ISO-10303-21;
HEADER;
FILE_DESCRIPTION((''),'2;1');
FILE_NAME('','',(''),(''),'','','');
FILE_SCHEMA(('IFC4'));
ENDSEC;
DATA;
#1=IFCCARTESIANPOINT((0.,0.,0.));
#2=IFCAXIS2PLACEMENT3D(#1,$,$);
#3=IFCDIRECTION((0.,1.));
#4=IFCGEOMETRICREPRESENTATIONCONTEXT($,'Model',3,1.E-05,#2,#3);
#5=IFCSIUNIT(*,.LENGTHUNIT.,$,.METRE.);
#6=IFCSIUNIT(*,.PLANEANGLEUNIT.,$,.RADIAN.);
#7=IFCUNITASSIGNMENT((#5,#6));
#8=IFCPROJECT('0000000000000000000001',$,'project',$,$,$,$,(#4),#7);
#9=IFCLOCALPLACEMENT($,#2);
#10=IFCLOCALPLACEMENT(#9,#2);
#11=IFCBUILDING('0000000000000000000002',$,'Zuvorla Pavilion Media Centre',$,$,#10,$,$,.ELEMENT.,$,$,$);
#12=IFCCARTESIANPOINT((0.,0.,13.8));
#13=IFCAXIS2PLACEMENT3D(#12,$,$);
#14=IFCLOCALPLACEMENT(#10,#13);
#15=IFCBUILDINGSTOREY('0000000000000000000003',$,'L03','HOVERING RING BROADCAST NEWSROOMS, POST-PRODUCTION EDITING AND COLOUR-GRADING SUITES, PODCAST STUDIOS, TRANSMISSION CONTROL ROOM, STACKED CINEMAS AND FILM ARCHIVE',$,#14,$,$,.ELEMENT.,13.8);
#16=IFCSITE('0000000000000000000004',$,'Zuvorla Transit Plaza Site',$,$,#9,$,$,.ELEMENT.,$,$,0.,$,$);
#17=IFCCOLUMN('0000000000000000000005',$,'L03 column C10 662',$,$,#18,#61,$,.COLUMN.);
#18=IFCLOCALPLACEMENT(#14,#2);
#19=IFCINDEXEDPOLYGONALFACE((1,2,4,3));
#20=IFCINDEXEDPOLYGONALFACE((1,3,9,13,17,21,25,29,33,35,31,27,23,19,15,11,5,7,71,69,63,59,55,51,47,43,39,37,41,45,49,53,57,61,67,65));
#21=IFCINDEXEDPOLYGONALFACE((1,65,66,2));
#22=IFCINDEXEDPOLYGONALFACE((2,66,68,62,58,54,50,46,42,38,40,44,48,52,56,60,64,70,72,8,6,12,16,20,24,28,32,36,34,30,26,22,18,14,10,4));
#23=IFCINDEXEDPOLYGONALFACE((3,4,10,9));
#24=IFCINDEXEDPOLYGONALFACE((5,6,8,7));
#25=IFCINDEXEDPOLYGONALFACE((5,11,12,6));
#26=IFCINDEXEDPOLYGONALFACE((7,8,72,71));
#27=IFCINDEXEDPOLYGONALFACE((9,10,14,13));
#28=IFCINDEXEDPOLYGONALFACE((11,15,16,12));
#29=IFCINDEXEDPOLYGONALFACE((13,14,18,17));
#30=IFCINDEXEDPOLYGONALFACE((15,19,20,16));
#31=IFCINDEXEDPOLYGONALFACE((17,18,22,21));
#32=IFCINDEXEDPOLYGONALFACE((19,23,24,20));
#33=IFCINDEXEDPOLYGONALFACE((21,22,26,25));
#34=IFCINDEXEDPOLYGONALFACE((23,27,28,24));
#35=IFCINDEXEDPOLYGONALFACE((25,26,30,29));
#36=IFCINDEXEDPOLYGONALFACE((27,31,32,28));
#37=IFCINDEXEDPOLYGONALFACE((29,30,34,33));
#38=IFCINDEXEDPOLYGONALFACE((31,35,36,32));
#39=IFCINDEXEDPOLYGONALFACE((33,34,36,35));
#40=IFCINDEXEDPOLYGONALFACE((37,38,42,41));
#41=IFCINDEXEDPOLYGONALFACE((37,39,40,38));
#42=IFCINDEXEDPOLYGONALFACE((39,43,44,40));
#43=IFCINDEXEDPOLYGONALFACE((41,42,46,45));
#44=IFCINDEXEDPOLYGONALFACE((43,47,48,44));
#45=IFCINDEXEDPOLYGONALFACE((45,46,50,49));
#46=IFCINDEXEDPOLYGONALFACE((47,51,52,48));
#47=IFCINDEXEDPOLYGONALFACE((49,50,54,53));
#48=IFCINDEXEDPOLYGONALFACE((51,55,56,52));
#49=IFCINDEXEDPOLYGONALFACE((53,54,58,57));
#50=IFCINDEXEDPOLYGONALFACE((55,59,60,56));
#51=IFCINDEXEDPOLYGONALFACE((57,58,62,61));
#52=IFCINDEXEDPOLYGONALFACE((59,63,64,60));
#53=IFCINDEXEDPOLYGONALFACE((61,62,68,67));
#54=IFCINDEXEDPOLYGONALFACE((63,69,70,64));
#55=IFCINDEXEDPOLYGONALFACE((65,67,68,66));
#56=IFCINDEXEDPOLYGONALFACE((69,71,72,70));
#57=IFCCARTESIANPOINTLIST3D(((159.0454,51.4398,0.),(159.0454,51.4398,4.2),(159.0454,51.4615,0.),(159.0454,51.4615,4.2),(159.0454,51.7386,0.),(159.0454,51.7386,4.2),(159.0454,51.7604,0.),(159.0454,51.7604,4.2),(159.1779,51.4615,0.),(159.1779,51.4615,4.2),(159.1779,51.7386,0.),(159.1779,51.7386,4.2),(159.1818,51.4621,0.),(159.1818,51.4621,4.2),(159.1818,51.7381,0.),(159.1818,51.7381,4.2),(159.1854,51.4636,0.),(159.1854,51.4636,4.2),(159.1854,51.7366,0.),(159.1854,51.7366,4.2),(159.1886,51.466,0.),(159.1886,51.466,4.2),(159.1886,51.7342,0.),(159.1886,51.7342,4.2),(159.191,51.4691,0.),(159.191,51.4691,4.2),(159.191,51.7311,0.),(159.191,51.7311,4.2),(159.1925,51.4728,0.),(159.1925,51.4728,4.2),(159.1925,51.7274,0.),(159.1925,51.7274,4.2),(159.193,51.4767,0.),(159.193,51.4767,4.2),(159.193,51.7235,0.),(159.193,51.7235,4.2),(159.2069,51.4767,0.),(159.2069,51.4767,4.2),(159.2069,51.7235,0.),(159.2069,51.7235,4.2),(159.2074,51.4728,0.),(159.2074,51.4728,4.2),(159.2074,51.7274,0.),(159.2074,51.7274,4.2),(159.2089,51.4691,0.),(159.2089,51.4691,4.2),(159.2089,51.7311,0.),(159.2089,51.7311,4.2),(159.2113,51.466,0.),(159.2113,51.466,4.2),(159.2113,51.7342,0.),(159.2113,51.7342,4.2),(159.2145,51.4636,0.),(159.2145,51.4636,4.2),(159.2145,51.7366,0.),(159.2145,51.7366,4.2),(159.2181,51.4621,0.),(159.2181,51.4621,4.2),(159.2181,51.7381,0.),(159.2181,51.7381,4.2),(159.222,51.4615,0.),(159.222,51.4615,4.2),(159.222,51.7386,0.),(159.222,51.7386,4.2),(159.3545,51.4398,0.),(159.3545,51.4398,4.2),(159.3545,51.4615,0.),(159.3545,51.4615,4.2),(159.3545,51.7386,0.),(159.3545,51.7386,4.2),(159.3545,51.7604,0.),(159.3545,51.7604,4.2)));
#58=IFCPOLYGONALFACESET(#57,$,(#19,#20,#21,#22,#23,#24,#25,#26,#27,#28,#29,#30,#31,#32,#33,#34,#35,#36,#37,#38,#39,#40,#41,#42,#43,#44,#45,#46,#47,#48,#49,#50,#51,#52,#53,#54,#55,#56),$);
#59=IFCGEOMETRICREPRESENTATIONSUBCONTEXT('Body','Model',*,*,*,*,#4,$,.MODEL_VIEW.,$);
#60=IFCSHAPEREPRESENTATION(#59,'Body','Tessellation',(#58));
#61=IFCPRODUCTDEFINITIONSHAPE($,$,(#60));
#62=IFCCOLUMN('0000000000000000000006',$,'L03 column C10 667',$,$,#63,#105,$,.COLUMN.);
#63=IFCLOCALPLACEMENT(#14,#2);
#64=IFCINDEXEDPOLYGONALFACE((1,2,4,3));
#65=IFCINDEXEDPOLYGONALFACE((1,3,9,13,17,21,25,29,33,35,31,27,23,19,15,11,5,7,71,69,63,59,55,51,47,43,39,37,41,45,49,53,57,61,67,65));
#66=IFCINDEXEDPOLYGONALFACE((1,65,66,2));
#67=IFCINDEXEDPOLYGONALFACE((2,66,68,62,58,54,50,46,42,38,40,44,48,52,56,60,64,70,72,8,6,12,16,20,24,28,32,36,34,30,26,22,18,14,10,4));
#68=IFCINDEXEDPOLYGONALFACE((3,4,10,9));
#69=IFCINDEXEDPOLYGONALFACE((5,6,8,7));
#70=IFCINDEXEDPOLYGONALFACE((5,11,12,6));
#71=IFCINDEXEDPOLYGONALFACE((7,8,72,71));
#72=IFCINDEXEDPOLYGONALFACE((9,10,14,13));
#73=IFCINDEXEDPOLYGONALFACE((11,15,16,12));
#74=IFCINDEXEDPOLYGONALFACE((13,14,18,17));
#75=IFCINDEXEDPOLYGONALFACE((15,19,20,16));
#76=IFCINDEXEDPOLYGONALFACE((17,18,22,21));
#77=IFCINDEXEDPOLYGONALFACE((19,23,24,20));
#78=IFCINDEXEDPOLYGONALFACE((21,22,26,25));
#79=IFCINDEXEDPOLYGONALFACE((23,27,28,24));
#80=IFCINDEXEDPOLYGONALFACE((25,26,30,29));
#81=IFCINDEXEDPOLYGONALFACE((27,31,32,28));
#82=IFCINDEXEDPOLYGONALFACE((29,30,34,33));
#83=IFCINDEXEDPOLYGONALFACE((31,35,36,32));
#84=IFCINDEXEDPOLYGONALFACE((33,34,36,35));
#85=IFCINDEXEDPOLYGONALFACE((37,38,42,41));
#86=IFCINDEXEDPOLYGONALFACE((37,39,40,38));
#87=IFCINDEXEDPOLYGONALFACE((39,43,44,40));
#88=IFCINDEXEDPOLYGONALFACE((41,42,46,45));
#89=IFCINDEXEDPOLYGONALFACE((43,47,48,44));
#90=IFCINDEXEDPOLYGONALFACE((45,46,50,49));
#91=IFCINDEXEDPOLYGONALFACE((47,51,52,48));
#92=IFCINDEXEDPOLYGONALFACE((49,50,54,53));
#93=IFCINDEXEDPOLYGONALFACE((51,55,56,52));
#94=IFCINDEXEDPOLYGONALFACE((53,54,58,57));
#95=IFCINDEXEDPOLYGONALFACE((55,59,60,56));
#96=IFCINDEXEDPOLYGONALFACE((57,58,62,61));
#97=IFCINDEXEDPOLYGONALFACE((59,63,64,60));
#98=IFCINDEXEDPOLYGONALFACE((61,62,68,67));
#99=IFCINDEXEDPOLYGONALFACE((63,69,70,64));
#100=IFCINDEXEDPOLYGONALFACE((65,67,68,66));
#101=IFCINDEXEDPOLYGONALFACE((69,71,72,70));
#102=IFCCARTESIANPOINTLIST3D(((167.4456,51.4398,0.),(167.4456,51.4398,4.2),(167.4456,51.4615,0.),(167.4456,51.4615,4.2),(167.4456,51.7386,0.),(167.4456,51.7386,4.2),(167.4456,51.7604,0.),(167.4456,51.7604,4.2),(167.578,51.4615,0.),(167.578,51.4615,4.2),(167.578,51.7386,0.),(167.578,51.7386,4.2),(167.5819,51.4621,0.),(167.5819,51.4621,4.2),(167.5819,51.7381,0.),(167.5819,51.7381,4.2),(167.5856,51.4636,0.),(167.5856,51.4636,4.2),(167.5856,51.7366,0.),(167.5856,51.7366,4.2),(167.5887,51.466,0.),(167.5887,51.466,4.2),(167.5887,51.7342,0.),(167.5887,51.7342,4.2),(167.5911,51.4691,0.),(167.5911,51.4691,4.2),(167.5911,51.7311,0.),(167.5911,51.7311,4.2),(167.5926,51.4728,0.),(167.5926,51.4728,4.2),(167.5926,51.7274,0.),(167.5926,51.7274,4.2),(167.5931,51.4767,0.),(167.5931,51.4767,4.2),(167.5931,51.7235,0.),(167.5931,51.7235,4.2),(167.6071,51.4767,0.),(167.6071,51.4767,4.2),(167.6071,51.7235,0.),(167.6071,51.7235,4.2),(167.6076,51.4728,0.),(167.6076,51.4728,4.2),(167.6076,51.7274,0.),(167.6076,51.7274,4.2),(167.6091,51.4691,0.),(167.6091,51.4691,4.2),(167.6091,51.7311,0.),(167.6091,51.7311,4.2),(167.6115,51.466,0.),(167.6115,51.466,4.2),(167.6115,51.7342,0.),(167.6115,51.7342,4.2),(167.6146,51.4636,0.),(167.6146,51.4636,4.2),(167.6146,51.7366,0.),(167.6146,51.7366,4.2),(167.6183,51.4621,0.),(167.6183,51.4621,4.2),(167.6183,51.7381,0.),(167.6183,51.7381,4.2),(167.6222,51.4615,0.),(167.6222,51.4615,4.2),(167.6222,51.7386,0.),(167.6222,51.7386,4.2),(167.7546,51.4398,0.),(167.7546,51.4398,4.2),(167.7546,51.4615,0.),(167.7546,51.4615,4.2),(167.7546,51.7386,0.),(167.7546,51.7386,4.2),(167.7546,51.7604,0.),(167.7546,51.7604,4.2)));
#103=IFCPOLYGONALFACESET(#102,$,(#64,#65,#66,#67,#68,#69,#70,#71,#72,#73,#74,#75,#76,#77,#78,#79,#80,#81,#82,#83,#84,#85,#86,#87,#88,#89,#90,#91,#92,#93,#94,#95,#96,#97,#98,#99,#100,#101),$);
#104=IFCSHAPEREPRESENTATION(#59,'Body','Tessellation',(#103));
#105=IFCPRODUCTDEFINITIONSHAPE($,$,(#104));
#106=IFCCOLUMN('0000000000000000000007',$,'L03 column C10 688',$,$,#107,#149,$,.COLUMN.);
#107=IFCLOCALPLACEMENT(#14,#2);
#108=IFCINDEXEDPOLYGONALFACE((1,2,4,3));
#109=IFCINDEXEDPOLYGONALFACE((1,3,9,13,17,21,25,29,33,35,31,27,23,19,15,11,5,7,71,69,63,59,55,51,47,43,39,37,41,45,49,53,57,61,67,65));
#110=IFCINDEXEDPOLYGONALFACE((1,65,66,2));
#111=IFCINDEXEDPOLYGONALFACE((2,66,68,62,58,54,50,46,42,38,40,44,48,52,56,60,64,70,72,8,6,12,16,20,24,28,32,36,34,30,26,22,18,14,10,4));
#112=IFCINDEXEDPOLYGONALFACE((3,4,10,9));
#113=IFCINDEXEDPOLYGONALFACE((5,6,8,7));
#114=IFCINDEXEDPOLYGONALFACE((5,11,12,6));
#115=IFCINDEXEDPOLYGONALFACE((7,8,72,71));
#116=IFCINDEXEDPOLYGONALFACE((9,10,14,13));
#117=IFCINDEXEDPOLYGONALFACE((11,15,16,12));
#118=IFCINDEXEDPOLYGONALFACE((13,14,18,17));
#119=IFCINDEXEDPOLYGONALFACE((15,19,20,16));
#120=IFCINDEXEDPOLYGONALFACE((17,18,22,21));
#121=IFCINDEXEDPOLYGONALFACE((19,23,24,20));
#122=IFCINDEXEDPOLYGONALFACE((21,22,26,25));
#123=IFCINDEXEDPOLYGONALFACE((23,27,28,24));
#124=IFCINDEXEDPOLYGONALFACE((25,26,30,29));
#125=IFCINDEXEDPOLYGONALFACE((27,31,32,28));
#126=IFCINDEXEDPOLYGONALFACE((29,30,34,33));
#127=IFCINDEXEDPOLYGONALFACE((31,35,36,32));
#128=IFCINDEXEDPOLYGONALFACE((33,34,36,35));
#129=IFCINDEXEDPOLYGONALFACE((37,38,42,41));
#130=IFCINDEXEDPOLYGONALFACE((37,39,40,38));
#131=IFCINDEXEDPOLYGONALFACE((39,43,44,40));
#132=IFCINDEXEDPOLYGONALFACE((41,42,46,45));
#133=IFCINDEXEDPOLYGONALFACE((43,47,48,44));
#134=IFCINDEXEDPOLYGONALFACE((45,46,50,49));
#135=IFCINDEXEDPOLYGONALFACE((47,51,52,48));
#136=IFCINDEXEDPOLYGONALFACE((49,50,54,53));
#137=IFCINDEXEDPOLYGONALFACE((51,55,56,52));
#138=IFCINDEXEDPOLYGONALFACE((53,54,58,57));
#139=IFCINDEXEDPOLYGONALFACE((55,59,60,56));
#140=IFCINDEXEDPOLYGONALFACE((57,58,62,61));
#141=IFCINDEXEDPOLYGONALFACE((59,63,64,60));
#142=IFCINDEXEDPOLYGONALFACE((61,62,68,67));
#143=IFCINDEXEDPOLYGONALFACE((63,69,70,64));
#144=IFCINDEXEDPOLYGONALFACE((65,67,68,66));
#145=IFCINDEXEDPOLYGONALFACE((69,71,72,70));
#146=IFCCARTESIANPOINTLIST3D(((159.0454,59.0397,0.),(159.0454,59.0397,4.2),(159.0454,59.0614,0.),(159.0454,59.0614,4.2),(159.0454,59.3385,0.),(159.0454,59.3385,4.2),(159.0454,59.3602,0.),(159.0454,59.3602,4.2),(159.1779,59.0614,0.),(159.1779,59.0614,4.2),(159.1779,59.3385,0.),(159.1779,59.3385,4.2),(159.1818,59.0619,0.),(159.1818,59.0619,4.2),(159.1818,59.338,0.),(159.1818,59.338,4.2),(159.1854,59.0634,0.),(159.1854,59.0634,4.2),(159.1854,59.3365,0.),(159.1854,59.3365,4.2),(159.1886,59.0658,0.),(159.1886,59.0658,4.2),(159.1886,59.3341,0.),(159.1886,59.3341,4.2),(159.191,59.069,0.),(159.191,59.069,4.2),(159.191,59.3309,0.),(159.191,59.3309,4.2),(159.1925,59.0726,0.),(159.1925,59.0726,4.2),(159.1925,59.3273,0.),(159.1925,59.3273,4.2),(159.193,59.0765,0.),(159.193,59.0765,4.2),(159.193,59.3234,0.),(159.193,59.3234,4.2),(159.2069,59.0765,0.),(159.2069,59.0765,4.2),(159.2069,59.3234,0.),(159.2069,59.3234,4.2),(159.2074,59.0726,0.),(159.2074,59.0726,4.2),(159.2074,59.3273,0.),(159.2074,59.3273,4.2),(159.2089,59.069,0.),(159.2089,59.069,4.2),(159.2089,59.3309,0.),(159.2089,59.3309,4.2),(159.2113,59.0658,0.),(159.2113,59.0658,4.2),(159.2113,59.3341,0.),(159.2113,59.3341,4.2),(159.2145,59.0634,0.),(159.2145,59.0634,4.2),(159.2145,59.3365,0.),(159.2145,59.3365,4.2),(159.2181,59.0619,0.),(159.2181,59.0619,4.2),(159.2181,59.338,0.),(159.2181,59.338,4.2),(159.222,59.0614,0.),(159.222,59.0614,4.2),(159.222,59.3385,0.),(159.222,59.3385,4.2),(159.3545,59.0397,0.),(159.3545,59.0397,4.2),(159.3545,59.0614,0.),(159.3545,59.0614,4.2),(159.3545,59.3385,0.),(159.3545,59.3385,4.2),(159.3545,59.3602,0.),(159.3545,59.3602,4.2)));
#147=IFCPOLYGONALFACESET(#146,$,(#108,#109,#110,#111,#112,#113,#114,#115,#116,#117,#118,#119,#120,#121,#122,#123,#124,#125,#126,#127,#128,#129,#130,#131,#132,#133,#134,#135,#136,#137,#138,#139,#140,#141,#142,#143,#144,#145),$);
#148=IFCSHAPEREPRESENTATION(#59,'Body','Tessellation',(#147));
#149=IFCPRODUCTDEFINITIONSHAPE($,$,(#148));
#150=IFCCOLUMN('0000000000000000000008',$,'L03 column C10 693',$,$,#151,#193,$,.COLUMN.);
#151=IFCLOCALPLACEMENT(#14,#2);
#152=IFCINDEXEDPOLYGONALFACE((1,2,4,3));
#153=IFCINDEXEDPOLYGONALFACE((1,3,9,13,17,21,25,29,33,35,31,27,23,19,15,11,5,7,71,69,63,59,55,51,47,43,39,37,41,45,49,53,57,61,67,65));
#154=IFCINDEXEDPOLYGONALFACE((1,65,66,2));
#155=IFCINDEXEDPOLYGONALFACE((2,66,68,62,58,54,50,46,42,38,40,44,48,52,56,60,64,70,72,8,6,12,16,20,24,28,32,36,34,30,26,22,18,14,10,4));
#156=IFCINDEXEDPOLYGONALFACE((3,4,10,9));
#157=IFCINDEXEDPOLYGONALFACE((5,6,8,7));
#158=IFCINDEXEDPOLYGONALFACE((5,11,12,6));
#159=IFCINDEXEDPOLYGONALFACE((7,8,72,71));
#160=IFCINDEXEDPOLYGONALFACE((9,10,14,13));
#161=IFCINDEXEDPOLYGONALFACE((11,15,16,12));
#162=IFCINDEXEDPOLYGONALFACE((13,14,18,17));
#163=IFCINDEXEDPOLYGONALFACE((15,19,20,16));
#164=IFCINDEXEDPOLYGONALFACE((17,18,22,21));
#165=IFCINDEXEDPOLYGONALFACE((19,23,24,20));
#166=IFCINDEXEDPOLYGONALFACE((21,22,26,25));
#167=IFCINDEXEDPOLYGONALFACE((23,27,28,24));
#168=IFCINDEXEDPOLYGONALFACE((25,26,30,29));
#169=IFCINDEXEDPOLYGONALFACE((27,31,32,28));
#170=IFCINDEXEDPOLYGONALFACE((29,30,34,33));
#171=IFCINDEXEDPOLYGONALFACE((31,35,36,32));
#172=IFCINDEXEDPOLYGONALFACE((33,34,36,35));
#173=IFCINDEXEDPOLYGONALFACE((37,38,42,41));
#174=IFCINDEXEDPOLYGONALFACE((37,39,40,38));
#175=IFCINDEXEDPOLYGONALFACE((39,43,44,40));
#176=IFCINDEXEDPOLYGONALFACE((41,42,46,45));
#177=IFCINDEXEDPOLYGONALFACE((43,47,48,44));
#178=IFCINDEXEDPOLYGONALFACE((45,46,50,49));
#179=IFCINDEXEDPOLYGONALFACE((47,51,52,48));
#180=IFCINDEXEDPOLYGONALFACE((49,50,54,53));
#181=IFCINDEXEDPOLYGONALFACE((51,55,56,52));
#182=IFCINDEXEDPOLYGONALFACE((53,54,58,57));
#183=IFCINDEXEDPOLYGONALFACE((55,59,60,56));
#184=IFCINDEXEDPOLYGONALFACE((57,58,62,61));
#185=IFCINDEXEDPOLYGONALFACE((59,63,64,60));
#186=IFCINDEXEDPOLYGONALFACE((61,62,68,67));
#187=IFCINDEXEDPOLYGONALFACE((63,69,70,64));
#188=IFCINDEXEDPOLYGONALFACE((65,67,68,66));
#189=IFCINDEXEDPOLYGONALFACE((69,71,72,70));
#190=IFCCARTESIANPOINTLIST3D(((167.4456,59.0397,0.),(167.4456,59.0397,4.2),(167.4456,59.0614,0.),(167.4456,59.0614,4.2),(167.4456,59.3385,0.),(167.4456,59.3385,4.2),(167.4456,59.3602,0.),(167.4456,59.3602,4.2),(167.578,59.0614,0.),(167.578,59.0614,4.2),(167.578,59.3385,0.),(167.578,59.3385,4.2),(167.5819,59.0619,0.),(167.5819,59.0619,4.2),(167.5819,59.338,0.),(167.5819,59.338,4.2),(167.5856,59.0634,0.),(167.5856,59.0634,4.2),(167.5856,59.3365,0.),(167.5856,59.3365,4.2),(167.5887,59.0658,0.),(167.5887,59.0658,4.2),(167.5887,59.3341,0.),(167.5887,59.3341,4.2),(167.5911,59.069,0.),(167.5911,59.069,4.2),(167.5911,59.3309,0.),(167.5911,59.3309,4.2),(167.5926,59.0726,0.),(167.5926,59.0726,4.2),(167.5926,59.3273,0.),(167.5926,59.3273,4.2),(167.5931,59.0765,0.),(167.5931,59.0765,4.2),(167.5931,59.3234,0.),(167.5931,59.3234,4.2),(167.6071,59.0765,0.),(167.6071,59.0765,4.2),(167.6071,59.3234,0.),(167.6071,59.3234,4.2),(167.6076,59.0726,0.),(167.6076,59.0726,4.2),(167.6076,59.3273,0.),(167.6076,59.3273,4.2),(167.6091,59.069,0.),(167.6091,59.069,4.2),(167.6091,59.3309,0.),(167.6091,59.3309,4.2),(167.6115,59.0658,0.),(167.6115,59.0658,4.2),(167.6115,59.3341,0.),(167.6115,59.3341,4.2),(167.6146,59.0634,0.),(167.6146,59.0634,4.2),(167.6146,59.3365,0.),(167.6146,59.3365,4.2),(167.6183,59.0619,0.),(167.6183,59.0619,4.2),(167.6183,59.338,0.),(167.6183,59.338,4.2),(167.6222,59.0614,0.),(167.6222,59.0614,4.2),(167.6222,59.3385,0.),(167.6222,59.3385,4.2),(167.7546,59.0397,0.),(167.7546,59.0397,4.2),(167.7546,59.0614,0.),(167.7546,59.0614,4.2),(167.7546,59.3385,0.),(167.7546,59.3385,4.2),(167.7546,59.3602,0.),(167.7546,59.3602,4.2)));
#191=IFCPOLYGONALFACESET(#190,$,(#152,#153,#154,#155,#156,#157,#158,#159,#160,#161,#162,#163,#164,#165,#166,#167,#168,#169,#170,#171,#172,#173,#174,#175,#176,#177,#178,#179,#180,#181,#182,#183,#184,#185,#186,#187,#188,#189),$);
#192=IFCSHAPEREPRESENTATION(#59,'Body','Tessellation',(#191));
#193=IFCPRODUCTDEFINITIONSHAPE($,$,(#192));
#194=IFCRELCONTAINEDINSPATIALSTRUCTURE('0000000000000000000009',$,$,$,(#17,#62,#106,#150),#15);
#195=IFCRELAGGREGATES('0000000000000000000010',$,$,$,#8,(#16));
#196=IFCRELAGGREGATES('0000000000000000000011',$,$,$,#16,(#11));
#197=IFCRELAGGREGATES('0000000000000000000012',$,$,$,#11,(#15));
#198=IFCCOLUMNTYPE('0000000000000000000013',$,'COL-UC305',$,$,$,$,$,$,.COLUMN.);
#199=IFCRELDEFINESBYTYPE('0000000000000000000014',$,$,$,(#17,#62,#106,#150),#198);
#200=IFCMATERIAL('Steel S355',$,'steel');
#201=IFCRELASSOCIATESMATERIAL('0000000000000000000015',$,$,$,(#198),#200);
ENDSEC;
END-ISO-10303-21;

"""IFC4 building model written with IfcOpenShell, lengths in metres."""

from ifc_helpers import new_model, si_unit, direction, frame, origin, origin_2d, place, context, subcontext, project, spatial, i_section, extrude, material, material_profile, profile_set, type_object, element, save


model = new_model("IFC4")

# Units and contexts
model_context = context("Model", 3, precision=1e-05, world=origin(), true_north=direction((0.0, 1.0)))
body_context = subcontext(model_context, "Body", "Model", "MODEL_VIEW")
ifc_project = project(units=[si_unit("LENGTHUNIT", "METRE"), si_unit("PLANEANGLEUNIT", "RADIAN")], contexts=[model_context])

# Site, building, storey
site_placement = place(None, origin())
site = spatial("IfcSite", under=ifc_project, at=site_placement, Name="Zuvorla Transit Plaza Site", CompositionType="ELEMENT", RefElevation=0.0)
building_placement = place(site_placement, origin())
building = spatial("IfcBuilding", under=site, at=building_placement, Name="Zuvorla Pavilion Media Centre", CompositionType="ELEMENT")
storey_placement = place(building_placement, frame((0.0, 0.0, 13.8)))
storey = spatial("IfcBuildingStorey", under=building, at=storey_placement, Name="L03", Description="HOVERING RING BROADCAST NEWSROOMS, POST-PRODUCTION EDITING AND COLOUR-GRADING SUITES, PODCAST STUDIOS, TRANSMISSION CONTROL ROOM, STACKED CINEMAS AND FILM ARCHIVE", CompositionType="ELEMENT", Elevation=13.8)

# Columns
ifc_material_1 = material(Name="Steel S355", Category="steel")
ifc_material_profile_1 = material_profile(ifc_material_1, i_section(OverallWidth=0.3091, OverallDepth=0.3206, WebThickness=0.0139, FlangeThickness=0.0217, FilletRadius=0.0151, at=origin_2d()), Name="UC 305x305x137")
ifc_profile_set_1 = profile_set([ifc_material_profile_1], Name="Steel S355")
column_type = type_object("IfcColumnType", Name="COL-UC305", PredefinedType="COLUMN", material=ifc_profile_set_1)
for number, where, z_axis, x_axis, name in (
    (1, (159.2, 51.6001, 0.0), (0.0, 0.0, 1.0), (1.0, 0.0, 0.0), "L03 column C10 662"),
    (2, (167.6001, 51.6001, 0.0), (0.0, 0.0, 1.0), (1.0, 0.0, 0.0), "L03 column C10 667"),
    (3, (159.2, 59.2, 0.0), (0.0, 0.0, 1.0), (1.0, 0.0, 0.0), "L03 column C10 688"),
    (4, (167.6001, 59.2, 0.0), (0.0, 0.0, 1.0), (1.0, 0.0, 0.0), "L03 column C10 693"),
):
    element("IfcColumn", number, at=place(storey_placement, frame(where, z_axis=z_axis, x_axis=x_axis)), inside=storey, type_object=column_type, Name=name, PredefinedType="COLUMN", context=body_context, shape_type="SweptSolid", body=[
        extrude(i_section(OverallWidth=0.3091, OverallDepth=0.3206, WebThickness=0.0139, FlangeThickness=0.0217, FilletRadius=0.0151, at=origin_2d()), origin(), (0.0, 0.0, 1.0), 4.2),
    ])

save(model, "model.ifc")
